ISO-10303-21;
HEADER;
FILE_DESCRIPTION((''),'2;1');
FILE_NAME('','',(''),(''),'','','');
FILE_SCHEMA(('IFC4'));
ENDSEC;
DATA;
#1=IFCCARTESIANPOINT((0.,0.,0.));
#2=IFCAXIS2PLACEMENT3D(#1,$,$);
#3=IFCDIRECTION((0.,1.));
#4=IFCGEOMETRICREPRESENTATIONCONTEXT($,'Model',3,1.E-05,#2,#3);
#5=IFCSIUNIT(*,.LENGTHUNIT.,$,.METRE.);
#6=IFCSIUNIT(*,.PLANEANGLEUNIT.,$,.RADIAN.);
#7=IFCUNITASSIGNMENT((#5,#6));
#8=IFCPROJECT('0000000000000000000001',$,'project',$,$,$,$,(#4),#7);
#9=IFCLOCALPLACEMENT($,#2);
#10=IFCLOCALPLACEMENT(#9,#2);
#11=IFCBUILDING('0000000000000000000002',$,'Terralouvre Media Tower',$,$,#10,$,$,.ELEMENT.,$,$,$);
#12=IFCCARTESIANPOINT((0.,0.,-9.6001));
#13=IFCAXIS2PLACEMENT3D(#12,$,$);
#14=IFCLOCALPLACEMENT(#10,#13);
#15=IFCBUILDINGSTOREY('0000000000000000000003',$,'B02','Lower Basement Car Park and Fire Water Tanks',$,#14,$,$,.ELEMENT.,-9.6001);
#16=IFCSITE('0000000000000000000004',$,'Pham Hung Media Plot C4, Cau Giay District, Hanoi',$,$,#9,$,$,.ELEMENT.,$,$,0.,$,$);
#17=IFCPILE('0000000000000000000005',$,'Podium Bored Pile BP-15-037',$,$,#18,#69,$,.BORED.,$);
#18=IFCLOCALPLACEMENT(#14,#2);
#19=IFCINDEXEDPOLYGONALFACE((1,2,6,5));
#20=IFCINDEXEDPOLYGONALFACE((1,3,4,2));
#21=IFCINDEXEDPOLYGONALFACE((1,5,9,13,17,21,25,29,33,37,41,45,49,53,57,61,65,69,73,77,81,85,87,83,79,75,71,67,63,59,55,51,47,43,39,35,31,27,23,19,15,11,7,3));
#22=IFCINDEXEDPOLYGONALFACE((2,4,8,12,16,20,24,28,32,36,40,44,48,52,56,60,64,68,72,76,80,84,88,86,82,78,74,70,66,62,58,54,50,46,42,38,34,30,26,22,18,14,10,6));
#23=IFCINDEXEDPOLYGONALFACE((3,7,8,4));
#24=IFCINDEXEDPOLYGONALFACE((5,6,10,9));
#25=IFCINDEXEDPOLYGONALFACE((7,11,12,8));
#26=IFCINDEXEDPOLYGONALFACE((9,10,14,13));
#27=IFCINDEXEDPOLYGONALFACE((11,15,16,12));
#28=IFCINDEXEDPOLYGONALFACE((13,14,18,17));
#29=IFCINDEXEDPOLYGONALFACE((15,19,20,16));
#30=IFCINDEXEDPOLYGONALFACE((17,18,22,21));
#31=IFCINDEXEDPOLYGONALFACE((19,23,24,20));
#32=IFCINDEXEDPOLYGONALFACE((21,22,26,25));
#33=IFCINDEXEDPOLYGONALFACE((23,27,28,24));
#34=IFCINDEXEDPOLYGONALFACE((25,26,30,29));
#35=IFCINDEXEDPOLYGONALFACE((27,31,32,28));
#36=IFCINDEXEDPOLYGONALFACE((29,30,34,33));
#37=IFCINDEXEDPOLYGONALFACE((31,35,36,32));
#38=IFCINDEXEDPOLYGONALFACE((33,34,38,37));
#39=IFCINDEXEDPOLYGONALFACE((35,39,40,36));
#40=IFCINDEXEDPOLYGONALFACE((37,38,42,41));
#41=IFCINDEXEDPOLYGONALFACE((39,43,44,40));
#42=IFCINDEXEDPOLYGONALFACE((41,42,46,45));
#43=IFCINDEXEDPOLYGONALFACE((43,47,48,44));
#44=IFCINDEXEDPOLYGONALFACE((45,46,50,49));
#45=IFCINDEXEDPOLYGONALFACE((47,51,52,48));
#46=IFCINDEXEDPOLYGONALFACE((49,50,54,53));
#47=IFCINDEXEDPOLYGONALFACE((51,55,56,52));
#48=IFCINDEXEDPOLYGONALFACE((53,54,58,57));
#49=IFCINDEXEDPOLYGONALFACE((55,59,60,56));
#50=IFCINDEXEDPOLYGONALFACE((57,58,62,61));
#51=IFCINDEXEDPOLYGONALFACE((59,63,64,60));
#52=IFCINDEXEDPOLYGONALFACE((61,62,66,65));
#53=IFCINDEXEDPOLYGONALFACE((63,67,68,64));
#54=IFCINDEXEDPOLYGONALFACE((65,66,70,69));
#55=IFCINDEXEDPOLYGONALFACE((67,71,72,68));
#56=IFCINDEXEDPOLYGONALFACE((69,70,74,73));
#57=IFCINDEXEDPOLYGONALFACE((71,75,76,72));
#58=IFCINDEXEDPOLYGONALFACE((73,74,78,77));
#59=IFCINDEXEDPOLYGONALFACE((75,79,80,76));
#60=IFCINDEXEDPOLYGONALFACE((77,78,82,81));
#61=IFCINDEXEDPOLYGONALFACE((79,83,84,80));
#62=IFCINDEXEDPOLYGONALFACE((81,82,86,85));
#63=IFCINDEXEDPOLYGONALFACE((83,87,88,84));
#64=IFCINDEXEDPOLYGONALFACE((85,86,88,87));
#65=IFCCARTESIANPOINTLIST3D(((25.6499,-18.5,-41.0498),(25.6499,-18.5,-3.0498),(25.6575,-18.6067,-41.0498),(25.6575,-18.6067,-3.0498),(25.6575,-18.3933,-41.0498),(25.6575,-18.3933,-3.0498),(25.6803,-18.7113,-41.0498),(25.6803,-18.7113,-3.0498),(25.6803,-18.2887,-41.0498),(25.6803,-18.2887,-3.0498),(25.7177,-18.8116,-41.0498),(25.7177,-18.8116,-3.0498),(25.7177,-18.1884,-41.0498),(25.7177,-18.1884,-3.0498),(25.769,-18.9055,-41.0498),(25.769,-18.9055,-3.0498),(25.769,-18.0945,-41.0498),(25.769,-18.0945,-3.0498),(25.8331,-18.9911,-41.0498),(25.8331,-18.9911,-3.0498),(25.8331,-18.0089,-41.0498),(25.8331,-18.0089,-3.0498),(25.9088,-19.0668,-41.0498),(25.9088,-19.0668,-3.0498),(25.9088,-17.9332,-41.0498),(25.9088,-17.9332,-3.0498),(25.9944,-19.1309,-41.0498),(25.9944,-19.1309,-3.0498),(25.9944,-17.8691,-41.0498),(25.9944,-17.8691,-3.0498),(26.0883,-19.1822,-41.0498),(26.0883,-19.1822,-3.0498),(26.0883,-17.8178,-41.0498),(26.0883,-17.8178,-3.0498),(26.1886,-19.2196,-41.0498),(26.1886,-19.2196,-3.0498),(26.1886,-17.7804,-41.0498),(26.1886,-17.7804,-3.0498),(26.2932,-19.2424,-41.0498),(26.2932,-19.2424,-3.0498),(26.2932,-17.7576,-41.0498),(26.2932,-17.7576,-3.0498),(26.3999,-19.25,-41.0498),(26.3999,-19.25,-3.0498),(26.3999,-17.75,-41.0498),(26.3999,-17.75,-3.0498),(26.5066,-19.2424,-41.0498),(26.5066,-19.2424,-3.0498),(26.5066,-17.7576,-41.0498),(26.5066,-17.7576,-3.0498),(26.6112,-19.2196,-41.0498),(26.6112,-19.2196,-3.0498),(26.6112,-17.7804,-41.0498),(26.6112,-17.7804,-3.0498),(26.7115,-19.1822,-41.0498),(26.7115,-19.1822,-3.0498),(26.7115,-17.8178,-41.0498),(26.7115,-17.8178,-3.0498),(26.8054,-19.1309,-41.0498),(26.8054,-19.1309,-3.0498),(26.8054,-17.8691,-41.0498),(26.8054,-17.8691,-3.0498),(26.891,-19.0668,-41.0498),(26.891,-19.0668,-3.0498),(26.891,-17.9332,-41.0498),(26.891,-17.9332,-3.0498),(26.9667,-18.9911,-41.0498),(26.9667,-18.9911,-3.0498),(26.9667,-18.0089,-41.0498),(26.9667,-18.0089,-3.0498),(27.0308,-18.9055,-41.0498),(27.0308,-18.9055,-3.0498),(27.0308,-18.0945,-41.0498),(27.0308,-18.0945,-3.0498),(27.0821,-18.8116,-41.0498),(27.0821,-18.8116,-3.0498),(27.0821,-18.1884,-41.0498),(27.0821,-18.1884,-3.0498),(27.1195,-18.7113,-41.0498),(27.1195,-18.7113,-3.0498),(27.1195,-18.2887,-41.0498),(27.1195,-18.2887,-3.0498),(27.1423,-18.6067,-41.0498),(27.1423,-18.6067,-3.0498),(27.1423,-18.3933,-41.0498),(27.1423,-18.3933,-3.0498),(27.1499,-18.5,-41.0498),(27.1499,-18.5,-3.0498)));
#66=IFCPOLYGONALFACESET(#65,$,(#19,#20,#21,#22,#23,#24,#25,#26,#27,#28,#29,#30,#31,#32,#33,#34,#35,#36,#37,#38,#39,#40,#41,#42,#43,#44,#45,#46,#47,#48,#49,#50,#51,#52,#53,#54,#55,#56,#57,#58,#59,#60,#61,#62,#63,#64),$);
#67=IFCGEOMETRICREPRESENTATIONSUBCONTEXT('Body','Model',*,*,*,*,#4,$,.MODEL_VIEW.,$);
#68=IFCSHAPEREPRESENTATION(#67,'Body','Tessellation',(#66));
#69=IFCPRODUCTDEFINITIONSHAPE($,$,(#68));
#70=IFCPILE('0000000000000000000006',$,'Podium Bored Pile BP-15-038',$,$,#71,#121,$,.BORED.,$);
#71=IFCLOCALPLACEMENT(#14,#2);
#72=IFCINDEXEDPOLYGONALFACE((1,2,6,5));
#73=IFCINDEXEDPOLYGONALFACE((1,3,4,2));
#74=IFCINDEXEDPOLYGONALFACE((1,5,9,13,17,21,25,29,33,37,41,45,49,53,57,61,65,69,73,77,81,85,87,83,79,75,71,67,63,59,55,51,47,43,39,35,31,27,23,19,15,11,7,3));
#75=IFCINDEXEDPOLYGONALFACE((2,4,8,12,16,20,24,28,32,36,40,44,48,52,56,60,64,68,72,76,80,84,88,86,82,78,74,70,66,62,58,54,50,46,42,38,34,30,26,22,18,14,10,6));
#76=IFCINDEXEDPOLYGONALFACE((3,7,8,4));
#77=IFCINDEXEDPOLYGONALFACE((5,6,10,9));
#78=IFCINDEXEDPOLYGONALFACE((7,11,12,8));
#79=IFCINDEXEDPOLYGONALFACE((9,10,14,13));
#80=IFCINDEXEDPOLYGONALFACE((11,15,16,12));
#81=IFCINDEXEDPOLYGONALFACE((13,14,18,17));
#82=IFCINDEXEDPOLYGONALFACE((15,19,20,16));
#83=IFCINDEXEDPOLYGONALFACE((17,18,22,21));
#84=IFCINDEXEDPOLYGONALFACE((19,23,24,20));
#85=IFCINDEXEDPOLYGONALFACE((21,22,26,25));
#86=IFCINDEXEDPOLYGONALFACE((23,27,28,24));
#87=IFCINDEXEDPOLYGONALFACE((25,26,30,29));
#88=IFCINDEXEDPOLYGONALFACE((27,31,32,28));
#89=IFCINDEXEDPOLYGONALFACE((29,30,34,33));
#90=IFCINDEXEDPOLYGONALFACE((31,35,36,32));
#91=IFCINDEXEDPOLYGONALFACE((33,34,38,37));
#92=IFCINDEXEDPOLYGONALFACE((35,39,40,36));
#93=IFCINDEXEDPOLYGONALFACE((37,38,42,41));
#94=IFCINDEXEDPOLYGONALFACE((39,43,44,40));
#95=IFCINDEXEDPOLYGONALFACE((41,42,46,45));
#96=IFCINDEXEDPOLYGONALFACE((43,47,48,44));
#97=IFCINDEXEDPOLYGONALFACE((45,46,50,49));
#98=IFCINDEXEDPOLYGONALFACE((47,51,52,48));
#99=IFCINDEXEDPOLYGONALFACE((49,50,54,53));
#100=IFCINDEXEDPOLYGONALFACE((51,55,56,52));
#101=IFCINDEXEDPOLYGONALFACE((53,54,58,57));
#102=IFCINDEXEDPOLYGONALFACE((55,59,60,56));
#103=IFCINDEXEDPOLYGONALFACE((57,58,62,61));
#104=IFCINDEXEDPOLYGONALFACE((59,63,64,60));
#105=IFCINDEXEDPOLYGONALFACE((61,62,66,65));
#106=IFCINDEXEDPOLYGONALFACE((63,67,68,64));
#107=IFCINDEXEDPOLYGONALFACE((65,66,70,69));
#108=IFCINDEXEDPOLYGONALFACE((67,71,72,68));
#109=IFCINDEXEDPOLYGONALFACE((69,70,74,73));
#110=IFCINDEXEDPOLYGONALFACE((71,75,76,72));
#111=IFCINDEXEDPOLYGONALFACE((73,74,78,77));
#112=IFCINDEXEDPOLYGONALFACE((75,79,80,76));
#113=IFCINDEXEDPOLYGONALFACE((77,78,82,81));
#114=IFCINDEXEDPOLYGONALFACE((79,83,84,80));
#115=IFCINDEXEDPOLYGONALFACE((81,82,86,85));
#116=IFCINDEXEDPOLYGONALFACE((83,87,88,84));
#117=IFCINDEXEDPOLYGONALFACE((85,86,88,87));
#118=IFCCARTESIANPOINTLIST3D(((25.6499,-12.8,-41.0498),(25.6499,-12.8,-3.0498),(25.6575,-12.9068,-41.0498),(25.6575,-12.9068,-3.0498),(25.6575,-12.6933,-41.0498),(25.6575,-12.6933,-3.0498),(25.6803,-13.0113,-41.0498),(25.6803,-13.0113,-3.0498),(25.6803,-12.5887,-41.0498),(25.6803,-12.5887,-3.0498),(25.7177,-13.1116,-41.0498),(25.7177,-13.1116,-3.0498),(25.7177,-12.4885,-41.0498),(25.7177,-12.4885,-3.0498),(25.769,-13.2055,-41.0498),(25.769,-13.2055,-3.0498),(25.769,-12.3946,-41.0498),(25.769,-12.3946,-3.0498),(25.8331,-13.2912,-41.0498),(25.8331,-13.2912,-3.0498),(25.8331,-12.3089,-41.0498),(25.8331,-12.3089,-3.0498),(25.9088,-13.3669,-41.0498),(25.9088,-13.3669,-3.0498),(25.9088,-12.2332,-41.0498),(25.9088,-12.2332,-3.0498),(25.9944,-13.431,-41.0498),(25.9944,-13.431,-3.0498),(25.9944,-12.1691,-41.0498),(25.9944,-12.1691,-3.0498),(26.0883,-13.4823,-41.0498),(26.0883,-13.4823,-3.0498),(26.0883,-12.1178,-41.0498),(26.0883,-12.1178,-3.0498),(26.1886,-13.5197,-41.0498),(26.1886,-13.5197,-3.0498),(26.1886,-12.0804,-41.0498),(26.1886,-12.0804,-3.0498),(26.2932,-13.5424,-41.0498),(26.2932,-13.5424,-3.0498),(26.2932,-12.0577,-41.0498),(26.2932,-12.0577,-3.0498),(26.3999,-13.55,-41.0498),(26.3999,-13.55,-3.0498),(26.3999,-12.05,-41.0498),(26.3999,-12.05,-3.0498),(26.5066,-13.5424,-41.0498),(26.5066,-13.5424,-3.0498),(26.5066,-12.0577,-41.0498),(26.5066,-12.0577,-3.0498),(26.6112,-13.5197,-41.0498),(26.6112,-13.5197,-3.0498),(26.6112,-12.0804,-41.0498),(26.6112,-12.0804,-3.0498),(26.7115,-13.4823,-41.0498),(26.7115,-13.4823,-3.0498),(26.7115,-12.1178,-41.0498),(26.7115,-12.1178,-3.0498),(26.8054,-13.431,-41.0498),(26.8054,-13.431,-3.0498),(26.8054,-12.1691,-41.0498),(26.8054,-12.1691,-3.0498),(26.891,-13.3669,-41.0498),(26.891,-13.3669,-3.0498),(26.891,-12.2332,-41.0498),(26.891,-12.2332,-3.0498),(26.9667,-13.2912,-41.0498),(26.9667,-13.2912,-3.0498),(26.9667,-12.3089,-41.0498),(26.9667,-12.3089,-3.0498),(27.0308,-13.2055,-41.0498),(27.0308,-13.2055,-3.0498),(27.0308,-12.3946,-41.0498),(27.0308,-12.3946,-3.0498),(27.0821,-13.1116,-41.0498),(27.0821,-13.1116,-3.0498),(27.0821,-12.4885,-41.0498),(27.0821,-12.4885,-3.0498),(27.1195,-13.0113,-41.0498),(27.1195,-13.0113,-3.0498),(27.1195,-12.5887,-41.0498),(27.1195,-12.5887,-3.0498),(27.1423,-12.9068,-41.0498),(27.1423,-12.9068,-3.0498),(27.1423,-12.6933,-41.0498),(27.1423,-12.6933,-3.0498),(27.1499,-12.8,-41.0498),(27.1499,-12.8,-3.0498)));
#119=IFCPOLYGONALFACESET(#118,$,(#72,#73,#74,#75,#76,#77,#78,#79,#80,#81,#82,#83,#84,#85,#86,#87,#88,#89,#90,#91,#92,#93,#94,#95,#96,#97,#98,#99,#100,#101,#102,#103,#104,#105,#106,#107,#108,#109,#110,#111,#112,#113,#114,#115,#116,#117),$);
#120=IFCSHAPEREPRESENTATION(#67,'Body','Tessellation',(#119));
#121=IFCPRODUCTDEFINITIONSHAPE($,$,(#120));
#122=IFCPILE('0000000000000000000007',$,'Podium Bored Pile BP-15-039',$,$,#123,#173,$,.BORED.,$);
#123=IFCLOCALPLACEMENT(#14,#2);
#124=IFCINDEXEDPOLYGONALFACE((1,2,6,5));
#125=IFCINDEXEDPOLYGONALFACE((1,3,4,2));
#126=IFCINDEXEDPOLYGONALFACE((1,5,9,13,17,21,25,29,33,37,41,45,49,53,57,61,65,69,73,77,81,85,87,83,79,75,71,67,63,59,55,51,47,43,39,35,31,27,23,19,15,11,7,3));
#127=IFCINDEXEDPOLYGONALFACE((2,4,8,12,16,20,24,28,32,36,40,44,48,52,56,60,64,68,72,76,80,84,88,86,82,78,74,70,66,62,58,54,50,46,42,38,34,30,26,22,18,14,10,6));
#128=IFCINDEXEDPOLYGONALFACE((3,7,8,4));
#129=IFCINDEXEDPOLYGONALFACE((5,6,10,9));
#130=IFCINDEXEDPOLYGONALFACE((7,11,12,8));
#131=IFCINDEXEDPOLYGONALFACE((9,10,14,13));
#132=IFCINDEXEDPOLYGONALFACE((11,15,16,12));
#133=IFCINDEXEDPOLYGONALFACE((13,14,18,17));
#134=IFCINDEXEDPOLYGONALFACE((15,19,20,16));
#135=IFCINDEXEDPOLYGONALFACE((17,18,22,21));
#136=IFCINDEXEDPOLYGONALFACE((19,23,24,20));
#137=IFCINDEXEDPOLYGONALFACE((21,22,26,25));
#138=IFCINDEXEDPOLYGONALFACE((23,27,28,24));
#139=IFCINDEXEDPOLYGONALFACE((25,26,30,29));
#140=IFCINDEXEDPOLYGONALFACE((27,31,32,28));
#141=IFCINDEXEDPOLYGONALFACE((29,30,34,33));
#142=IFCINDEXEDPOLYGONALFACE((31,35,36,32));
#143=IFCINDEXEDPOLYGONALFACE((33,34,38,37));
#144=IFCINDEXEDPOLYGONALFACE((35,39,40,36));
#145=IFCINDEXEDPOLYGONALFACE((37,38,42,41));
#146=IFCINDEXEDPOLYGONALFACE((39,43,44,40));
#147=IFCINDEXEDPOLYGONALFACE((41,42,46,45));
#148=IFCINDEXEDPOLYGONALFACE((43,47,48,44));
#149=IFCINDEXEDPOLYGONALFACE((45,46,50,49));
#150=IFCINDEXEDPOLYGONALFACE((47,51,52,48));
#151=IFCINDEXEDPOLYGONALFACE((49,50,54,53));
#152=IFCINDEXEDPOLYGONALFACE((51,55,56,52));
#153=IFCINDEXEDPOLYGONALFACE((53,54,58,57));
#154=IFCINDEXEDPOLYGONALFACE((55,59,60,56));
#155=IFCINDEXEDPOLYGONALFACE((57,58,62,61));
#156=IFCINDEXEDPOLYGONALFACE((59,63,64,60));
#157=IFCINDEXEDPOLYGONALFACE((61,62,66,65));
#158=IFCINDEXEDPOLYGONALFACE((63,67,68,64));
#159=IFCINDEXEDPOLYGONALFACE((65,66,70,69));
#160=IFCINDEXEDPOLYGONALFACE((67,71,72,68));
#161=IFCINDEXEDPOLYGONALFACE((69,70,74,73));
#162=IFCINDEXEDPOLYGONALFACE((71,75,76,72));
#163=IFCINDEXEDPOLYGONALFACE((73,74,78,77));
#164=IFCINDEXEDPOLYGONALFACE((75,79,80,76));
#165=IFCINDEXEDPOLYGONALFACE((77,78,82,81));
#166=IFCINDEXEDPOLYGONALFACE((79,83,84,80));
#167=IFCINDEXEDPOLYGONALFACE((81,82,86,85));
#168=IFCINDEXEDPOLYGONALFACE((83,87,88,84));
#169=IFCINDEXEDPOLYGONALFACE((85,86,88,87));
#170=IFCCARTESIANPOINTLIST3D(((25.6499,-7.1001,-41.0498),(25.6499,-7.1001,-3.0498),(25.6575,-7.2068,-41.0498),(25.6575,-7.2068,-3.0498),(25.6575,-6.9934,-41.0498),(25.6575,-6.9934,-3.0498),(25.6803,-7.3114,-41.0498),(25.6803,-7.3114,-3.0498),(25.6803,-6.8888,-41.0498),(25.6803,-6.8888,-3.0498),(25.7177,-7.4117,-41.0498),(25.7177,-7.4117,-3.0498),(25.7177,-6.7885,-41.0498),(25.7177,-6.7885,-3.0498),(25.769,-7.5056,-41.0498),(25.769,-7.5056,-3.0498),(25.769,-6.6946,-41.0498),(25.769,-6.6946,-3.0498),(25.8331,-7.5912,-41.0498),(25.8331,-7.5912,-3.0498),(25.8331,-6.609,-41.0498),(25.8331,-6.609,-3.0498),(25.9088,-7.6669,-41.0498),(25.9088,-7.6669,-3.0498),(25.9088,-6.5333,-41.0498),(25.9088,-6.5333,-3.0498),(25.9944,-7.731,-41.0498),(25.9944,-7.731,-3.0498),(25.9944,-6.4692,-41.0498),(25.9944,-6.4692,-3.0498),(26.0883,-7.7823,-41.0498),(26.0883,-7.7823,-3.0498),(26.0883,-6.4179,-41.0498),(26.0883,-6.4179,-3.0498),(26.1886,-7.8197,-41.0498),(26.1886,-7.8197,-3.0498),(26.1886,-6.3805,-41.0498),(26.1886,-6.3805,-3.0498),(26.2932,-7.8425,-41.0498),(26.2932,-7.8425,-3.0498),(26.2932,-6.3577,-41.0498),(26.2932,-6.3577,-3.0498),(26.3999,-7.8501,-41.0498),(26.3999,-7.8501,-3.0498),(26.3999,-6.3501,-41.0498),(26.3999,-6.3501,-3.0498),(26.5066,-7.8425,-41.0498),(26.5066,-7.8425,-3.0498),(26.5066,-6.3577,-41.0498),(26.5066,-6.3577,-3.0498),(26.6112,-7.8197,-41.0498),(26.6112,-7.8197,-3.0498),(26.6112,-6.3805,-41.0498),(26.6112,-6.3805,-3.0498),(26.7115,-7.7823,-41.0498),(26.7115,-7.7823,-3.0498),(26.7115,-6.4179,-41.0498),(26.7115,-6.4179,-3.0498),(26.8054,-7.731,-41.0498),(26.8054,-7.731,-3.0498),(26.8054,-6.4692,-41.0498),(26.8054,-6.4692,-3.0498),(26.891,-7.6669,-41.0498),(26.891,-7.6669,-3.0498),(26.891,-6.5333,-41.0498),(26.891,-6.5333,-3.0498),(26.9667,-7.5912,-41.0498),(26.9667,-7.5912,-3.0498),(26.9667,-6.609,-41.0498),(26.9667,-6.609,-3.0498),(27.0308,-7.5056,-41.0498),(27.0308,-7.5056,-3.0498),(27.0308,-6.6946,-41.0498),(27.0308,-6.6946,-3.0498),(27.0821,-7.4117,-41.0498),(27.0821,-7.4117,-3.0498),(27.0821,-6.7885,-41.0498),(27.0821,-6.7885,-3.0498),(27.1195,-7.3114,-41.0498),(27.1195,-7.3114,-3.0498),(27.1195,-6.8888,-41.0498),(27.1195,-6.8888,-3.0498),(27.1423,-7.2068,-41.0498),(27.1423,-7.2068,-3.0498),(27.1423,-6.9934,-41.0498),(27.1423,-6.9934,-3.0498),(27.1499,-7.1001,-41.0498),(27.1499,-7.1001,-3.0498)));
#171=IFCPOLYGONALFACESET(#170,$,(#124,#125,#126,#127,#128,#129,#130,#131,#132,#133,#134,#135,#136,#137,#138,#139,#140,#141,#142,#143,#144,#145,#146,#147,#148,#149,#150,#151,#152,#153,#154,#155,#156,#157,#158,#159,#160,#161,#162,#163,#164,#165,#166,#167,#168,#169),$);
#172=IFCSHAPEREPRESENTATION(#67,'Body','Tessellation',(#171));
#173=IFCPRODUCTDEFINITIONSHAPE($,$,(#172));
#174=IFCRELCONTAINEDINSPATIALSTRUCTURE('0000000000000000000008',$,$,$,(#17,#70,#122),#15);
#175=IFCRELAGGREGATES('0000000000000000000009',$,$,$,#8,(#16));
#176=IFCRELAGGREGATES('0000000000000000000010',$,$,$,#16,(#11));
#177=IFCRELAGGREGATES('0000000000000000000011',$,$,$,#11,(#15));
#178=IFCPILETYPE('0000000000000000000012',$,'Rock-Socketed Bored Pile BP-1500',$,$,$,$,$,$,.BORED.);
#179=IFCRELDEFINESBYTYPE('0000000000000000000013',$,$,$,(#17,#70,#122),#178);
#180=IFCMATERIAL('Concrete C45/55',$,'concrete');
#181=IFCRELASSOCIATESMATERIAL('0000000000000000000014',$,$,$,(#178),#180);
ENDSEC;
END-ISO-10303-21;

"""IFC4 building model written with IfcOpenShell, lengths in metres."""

from ifc_helpers import new_model, si_unit, direction, frame, origin, origin_2d, place, context, subcontext, project, spatial, circle, extrude, material, material_profile, profile_set, type_object, element, save


model = new_model("IFC4")

# Units and contexts
model_context = context("Model", 3, precision=1e-05, world=origin(), true_north=direction((0.0, 1.0)))
body_context = subcontext(model_context, "Body", "Model", "MODEL_VIEW")
ifc_project = project(units=[si_unit("LENGTHUNIT", "METRE"), si_unit("PLANEANGLEUNIT", "RADIAN")], contexts=[model_context])

# Site, building, storey
site_placement = place(None, origin())
site = spatial("IfcSite", under=ifc_project, at=site_placement, Name="Pham Hung Media Plot C4, Cau Giay District, Hanoi", CompositionType="ELEMENT", RefElevation=0.0)
building_placement = place(site_placement, origin())
building = spatial("IfcBuilding", under=site, at=building_placement, Name="Terralouvre Media Tower", CompositionType="ELEMENT")
storey_placement = place(building_placement, frame((0.0, 0.0, -9.6001)))
storey = spatial("IfcBuildingStorey", under=building, at=storey_placement, Name="B02", Description="Lower Basement Car Park and Fire Water Tanks", CompositionType="ELEMENT", Elevation=-9.6001)

# Piles
ifc_material_1 = material(Name="Concrete C45/55", Category="concrete")
ifc_material_profile_1 = material_profile(ifc_material_1, circle(Radius=0.75, at=origin_2d()), Name="BORED PILE 1500")
ifc_profile_set_1 = profile_set([ifc_material_profile_1], Name="Concrete C45/55")
pile_type = type_object("IfcPileType", Name="Rock-Socketed Bored Pile BP-1500", PredefinedType="BORED", material=ifc_profile_set_1)
for number, where, z_axis, x_axis, name in (
    (1, (26.3999, -18.5, -3.0498), (0.0, 0.0, -1.0), (1.0, 0.0, 0.0), "Podium Bored Pile BP-15-037"),
    (2, (26.3999, -12.8, -3.0498), (0.0, 0.0, -1.0), (1.0, 0.0, 0.0), "Podium Bored Pile BP-15-038"),
    (3, (26.3999, -7.1001, -3.0498), (0.0, 0.0, -1.0), (1.0, 0.0, 0.0), "Podium Bored Pile BP-15-039"),
):
    element("IfcPile", number, at=place(storey_placement, frame(where, z_axis=z_axis, x_axis=x_axis)), inside=storey, type_object=pile_type, Name=name, PredefinedType="BORED", context=body_context, shape_type="SweptSolid", body=[
        extrude(circle(Radius=0.75, at=origin_2d()), origin(), (0.0, 0.0, 1.0), 38.0),
    ])

save(model, "model.ifc")
